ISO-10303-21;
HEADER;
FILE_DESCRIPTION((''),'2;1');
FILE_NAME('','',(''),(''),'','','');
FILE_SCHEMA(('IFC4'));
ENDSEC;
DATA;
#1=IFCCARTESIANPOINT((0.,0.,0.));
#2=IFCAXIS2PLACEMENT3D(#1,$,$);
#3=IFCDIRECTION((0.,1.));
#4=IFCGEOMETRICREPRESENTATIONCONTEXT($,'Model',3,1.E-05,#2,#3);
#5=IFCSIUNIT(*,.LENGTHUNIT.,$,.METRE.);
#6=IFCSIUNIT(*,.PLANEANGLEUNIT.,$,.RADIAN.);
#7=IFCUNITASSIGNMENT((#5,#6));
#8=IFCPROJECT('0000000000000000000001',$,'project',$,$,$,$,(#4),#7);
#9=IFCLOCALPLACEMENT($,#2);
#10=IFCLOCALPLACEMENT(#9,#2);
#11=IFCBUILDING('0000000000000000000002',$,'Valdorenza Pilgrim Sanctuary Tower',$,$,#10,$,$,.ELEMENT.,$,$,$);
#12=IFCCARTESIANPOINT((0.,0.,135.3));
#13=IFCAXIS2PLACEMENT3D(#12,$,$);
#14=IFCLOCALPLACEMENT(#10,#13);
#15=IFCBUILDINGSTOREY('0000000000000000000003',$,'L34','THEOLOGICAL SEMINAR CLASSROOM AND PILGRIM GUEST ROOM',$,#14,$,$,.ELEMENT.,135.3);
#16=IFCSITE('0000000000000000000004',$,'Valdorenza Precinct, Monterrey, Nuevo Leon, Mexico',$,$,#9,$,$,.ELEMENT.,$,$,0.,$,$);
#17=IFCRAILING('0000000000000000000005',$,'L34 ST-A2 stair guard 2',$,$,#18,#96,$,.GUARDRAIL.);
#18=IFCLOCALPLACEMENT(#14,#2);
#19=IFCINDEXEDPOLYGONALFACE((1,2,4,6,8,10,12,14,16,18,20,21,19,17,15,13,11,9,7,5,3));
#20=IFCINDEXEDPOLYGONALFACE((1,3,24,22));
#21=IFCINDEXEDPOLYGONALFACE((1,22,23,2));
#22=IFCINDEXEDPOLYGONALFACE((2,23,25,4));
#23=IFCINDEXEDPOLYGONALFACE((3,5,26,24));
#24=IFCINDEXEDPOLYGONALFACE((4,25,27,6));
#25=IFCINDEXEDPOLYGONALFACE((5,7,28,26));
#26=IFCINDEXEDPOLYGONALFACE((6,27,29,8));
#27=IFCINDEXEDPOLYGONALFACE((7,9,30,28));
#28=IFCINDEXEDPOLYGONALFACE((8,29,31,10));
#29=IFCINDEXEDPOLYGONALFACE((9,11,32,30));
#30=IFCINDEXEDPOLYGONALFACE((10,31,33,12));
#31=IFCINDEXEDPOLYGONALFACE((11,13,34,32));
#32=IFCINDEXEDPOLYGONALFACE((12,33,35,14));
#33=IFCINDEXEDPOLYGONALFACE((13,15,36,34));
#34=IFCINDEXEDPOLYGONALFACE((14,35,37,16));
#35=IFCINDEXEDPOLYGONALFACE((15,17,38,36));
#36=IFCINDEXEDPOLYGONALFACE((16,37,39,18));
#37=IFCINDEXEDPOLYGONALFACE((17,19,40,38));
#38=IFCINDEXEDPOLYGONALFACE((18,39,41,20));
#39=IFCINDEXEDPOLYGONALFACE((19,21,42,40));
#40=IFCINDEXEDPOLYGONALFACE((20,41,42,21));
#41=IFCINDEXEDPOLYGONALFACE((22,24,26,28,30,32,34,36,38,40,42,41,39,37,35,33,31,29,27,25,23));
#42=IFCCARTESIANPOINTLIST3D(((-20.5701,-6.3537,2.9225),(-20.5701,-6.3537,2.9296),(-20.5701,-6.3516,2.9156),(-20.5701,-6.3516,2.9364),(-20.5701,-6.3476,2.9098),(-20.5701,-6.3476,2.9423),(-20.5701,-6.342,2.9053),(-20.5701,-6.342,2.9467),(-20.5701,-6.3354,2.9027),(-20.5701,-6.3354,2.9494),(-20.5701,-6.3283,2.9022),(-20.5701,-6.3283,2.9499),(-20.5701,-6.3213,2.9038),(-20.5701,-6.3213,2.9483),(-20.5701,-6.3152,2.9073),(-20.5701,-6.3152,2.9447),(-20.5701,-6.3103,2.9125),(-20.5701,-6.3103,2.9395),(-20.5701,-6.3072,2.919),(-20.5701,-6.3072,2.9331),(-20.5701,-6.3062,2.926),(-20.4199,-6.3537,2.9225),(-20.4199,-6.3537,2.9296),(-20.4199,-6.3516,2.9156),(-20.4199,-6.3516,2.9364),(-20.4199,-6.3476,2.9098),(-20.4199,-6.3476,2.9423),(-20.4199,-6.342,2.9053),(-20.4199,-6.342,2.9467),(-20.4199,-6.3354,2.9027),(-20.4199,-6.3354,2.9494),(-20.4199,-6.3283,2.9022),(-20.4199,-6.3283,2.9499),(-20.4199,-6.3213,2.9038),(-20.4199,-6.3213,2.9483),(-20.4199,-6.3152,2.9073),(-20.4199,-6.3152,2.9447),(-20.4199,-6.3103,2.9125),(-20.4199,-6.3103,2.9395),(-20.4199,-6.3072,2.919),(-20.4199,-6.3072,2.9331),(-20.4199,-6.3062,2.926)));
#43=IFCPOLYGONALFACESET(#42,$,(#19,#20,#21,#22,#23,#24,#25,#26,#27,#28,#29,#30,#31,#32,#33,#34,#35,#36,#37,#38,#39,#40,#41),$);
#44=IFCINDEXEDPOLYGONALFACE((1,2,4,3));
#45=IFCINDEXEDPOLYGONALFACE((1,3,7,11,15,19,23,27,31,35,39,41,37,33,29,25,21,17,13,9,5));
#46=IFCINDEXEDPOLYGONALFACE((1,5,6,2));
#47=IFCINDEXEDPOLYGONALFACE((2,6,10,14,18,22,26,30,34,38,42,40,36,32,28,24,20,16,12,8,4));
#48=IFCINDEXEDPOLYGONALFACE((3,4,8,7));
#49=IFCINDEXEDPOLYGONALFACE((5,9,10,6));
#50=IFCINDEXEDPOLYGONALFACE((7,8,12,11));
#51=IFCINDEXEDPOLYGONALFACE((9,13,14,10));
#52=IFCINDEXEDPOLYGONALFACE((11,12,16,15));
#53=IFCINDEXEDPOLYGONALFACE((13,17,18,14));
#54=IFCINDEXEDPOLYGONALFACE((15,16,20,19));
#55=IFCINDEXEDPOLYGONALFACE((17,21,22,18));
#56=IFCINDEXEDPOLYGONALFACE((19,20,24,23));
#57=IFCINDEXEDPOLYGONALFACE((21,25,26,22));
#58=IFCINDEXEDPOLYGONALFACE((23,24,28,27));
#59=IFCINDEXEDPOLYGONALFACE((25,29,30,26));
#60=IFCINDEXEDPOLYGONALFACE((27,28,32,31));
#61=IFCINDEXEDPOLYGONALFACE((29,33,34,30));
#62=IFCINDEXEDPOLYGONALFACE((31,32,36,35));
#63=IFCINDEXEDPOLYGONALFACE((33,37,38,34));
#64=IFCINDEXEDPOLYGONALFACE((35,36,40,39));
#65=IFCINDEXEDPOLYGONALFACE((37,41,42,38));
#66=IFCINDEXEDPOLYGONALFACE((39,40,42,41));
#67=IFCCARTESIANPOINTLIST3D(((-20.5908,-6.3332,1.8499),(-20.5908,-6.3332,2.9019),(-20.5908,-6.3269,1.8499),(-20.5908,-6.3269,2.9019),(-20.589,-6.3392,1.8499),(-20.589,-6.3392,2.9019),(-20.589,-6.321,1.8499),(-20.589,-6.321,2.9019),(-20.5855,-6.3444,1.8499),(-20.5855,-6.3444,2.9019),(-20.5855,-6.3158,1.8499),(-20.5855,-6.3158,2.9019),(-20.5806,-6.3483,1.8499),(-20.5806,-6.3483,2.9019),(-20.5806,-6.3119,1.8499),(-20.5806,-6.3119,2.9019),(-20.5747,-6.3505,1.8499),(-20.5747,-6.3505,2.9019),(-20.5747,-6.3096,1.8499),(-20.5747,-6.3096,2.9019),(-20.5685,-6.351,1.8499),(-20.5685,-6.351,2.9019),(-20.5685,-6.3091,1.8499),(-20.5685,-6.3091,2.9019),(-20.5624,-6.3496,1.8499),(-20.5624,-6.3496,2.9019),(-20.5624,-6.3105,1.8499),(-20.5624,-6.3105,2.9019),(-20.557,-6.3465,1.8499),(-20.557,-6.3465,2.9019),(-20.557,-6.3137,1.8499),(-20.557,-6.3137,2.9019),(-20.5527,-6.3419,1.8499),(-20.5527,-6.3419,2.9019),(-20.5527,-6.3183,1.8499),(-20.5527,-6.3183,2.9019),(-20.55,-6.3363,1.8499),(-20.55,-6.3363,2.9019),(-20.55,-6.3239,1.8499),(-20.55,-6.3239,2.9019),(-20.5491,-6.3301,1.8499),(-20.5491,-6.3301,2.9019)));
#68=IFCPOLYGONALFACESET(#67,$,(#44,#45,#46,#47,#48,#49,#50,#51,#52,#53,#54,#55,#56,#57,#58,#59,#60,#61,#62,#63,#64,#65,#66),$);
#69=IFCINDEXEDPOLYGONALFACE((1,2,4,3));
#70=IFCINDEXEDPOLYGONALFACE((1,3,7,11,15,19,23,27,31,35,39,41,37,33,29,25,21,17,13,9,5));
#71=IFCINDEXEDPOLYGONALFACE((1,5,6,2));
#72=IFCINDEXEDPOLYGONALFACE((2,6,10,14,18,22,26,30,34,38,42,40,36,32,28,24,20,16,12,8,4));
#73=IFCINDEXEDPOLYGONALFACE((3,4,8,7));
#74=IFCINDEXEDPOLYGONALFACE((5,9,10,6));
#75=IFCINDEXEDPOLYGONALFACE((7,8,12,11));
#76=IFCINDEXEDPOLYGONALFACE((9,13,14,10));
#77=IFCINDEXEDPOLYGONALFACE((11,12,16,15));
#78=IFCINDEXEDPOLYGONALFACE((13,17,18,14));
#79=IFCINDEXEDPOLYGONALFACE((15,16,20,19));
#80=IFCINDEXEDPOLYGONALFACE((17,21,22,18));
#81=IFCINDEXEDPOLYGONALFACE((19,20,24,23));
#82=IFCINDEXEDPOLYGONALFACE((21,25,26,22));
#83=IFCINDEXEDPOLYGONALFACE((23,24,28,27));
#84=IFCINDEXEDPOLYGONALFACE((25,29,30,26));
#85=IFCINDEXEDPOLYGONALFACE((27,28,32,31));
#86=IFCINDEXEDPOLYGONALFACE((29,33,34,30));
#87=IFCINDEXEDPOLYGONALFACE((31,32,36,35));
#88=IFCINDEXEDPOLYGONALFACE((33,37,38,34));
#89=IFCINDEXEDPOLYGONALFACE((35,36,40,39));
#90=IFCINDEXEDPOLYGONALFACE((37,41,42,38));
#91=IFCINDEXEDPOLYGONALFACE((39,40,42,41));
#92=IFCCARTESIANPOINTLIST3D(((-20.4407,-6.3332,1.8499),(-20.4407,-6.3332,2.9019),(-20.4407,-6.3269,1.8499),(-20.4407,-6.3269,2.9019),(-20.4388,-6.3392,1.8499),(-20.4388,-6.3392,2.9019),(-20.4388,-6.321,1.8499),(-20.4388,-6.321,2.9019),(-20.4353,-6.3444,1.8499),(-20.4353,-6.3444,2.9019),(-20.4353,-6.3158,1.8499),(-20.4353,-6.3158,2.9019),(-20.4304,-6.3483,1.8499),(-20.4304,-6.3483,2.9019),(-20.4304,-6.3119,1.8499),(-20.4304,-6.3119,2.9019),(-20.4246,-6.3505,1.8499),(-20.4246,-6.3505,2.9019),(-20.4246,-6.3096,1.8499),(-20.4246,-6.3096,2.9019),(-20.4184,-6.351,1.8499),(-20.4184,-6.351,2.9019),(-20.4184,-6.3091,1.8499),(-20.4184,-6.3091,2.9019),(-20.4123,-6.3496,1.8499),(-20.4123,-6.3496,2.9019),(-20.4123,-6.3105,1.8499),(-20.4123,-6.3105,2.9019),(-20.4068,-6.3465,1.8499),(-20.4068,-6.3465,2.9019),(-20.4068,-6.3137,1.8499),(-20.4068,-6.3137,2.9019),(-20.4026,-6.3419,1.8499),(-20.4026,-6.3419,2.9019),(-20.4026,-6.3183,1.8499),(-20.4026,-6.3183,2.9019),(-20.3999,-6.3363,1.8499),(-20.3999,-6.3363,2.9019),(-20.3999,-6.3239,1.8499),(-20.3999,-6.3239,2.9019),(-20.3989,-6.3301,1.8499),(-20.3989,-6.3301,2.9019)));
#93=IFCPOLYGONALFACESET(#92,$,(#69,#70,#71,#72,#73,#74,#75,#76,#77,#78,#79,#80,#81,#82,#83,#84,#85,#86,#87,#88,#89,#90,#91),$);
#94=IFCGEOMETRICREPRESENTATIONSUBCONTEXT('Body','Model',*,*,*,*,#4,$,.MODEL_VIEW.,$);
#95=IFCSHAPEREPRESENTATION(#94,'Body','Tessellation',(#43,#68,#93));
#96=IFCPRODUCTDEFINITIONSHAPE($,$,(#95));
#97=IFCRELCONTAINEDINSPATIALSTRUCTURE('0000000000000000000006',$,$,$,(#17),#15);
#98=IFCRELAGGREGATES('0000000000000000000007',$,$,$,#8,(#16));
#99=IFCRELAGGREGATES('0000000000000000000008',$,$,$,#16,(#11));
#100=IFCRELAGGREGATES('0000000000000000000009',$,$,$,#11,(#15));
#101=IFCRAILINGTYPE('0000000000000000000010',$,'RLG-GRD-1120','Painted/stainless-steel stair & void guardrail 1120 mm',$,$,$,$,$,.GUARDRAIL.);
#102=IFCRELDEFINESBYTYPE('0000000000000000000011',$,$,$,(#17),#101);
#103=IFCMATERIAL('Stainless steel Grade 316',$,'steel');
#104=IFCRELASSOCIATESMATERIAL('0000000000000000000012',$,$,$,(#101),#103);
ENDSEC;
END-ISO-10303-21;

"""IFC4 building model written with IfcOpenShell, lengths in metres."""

from ifc_helpers import new_model, si_unit, direction, frame, origin, origin_2d, place, context, subcontext, project, spatial, circle, extrude, material, type_object, element, save


model = new_model("IFC4")

# Units and contexts
model_context = context("Model", 3, precision=1e-05, world=origin(), true_north=direction((0.0, 1.0)))
body_context = subcontext(model_context, "Body", "Model", "MODEL_VIEW")
ifc_project = project(units=[si_unit("LENGTHUNIT", "METRE"), si_unit("PLANEANGLEUNIT", "RADIAN")], contexts=[model_context])

# Site, building, storey
site_placement = place(None, origin())
site = spatial("IfcSite", under=ifc_project, at=site_placement, Name="Valdorenza Precinct, Monterrey, Nuevo Leon, Mexico", CompositionType="ELEMENT", RefElevation=0.0)
building_placement = place(site_placement, origin())
building = spatial("IfcBuilding", under=site, at=building_placement, Name="Valdorenza Pilgrim Sanctuary Tower", CompositionType="ELEMENT")
storey_placement = place(building_placement, frame((0.0, 0.0, 135.3)))
storey = spatial("IfcBuildingStorey", under=building, at=storey_placement, Name="L34", Description="THEOLOGICAL SEMINAR CLASSROOM AND PILGRIM GUEST ROOM", CompositionType="ELEMENT", Elevation=135.3)

# Railing
ifc_material_1 = material(Name="Stainless steel Grade 316", Category="steel")
railing_type_1 = type_object("IfcRailingType", Name="RLG-GRD-1120", Description="Painted/stainless-steel stair & void guardrail 1120 mm", PredefinedType="GUARDRAIL", material=ifc_material_1)
railing_1_placement = place(storey_placement, frame((-20.5701, -6.3301, 1.8499)))
element("IfcRailing", 1, at=railing_1_placement, inside=storey, type_object=railing_type_1, Name="L34 ST-A2 stair guard 2", PredefinedType="GUARDRAIL", context=body_context, shape_type="SweptSolid", body=[
    extrude(circle(Radius=0.0239, at=origin_2d()), frame((0.0, 0.0, 1.0762), z_axis=(1.0, 0.0, 0.0), x_axis=(0.0, 1.0, 0.0)), (0.0, 0.0, 1.0), 0.1501),
    extrude(circle(Radius=0.021, at=origin_2d()), origin(), (0.0, 0.0, 1.0), 1.052),
    extrude(circle(Radius=0.021, at=origin_2d()), frame((0.1501, 0.0, 0.0)), (0.0, 0.0, 1.0), 1.052),
])

save(model, "model.ifc")
